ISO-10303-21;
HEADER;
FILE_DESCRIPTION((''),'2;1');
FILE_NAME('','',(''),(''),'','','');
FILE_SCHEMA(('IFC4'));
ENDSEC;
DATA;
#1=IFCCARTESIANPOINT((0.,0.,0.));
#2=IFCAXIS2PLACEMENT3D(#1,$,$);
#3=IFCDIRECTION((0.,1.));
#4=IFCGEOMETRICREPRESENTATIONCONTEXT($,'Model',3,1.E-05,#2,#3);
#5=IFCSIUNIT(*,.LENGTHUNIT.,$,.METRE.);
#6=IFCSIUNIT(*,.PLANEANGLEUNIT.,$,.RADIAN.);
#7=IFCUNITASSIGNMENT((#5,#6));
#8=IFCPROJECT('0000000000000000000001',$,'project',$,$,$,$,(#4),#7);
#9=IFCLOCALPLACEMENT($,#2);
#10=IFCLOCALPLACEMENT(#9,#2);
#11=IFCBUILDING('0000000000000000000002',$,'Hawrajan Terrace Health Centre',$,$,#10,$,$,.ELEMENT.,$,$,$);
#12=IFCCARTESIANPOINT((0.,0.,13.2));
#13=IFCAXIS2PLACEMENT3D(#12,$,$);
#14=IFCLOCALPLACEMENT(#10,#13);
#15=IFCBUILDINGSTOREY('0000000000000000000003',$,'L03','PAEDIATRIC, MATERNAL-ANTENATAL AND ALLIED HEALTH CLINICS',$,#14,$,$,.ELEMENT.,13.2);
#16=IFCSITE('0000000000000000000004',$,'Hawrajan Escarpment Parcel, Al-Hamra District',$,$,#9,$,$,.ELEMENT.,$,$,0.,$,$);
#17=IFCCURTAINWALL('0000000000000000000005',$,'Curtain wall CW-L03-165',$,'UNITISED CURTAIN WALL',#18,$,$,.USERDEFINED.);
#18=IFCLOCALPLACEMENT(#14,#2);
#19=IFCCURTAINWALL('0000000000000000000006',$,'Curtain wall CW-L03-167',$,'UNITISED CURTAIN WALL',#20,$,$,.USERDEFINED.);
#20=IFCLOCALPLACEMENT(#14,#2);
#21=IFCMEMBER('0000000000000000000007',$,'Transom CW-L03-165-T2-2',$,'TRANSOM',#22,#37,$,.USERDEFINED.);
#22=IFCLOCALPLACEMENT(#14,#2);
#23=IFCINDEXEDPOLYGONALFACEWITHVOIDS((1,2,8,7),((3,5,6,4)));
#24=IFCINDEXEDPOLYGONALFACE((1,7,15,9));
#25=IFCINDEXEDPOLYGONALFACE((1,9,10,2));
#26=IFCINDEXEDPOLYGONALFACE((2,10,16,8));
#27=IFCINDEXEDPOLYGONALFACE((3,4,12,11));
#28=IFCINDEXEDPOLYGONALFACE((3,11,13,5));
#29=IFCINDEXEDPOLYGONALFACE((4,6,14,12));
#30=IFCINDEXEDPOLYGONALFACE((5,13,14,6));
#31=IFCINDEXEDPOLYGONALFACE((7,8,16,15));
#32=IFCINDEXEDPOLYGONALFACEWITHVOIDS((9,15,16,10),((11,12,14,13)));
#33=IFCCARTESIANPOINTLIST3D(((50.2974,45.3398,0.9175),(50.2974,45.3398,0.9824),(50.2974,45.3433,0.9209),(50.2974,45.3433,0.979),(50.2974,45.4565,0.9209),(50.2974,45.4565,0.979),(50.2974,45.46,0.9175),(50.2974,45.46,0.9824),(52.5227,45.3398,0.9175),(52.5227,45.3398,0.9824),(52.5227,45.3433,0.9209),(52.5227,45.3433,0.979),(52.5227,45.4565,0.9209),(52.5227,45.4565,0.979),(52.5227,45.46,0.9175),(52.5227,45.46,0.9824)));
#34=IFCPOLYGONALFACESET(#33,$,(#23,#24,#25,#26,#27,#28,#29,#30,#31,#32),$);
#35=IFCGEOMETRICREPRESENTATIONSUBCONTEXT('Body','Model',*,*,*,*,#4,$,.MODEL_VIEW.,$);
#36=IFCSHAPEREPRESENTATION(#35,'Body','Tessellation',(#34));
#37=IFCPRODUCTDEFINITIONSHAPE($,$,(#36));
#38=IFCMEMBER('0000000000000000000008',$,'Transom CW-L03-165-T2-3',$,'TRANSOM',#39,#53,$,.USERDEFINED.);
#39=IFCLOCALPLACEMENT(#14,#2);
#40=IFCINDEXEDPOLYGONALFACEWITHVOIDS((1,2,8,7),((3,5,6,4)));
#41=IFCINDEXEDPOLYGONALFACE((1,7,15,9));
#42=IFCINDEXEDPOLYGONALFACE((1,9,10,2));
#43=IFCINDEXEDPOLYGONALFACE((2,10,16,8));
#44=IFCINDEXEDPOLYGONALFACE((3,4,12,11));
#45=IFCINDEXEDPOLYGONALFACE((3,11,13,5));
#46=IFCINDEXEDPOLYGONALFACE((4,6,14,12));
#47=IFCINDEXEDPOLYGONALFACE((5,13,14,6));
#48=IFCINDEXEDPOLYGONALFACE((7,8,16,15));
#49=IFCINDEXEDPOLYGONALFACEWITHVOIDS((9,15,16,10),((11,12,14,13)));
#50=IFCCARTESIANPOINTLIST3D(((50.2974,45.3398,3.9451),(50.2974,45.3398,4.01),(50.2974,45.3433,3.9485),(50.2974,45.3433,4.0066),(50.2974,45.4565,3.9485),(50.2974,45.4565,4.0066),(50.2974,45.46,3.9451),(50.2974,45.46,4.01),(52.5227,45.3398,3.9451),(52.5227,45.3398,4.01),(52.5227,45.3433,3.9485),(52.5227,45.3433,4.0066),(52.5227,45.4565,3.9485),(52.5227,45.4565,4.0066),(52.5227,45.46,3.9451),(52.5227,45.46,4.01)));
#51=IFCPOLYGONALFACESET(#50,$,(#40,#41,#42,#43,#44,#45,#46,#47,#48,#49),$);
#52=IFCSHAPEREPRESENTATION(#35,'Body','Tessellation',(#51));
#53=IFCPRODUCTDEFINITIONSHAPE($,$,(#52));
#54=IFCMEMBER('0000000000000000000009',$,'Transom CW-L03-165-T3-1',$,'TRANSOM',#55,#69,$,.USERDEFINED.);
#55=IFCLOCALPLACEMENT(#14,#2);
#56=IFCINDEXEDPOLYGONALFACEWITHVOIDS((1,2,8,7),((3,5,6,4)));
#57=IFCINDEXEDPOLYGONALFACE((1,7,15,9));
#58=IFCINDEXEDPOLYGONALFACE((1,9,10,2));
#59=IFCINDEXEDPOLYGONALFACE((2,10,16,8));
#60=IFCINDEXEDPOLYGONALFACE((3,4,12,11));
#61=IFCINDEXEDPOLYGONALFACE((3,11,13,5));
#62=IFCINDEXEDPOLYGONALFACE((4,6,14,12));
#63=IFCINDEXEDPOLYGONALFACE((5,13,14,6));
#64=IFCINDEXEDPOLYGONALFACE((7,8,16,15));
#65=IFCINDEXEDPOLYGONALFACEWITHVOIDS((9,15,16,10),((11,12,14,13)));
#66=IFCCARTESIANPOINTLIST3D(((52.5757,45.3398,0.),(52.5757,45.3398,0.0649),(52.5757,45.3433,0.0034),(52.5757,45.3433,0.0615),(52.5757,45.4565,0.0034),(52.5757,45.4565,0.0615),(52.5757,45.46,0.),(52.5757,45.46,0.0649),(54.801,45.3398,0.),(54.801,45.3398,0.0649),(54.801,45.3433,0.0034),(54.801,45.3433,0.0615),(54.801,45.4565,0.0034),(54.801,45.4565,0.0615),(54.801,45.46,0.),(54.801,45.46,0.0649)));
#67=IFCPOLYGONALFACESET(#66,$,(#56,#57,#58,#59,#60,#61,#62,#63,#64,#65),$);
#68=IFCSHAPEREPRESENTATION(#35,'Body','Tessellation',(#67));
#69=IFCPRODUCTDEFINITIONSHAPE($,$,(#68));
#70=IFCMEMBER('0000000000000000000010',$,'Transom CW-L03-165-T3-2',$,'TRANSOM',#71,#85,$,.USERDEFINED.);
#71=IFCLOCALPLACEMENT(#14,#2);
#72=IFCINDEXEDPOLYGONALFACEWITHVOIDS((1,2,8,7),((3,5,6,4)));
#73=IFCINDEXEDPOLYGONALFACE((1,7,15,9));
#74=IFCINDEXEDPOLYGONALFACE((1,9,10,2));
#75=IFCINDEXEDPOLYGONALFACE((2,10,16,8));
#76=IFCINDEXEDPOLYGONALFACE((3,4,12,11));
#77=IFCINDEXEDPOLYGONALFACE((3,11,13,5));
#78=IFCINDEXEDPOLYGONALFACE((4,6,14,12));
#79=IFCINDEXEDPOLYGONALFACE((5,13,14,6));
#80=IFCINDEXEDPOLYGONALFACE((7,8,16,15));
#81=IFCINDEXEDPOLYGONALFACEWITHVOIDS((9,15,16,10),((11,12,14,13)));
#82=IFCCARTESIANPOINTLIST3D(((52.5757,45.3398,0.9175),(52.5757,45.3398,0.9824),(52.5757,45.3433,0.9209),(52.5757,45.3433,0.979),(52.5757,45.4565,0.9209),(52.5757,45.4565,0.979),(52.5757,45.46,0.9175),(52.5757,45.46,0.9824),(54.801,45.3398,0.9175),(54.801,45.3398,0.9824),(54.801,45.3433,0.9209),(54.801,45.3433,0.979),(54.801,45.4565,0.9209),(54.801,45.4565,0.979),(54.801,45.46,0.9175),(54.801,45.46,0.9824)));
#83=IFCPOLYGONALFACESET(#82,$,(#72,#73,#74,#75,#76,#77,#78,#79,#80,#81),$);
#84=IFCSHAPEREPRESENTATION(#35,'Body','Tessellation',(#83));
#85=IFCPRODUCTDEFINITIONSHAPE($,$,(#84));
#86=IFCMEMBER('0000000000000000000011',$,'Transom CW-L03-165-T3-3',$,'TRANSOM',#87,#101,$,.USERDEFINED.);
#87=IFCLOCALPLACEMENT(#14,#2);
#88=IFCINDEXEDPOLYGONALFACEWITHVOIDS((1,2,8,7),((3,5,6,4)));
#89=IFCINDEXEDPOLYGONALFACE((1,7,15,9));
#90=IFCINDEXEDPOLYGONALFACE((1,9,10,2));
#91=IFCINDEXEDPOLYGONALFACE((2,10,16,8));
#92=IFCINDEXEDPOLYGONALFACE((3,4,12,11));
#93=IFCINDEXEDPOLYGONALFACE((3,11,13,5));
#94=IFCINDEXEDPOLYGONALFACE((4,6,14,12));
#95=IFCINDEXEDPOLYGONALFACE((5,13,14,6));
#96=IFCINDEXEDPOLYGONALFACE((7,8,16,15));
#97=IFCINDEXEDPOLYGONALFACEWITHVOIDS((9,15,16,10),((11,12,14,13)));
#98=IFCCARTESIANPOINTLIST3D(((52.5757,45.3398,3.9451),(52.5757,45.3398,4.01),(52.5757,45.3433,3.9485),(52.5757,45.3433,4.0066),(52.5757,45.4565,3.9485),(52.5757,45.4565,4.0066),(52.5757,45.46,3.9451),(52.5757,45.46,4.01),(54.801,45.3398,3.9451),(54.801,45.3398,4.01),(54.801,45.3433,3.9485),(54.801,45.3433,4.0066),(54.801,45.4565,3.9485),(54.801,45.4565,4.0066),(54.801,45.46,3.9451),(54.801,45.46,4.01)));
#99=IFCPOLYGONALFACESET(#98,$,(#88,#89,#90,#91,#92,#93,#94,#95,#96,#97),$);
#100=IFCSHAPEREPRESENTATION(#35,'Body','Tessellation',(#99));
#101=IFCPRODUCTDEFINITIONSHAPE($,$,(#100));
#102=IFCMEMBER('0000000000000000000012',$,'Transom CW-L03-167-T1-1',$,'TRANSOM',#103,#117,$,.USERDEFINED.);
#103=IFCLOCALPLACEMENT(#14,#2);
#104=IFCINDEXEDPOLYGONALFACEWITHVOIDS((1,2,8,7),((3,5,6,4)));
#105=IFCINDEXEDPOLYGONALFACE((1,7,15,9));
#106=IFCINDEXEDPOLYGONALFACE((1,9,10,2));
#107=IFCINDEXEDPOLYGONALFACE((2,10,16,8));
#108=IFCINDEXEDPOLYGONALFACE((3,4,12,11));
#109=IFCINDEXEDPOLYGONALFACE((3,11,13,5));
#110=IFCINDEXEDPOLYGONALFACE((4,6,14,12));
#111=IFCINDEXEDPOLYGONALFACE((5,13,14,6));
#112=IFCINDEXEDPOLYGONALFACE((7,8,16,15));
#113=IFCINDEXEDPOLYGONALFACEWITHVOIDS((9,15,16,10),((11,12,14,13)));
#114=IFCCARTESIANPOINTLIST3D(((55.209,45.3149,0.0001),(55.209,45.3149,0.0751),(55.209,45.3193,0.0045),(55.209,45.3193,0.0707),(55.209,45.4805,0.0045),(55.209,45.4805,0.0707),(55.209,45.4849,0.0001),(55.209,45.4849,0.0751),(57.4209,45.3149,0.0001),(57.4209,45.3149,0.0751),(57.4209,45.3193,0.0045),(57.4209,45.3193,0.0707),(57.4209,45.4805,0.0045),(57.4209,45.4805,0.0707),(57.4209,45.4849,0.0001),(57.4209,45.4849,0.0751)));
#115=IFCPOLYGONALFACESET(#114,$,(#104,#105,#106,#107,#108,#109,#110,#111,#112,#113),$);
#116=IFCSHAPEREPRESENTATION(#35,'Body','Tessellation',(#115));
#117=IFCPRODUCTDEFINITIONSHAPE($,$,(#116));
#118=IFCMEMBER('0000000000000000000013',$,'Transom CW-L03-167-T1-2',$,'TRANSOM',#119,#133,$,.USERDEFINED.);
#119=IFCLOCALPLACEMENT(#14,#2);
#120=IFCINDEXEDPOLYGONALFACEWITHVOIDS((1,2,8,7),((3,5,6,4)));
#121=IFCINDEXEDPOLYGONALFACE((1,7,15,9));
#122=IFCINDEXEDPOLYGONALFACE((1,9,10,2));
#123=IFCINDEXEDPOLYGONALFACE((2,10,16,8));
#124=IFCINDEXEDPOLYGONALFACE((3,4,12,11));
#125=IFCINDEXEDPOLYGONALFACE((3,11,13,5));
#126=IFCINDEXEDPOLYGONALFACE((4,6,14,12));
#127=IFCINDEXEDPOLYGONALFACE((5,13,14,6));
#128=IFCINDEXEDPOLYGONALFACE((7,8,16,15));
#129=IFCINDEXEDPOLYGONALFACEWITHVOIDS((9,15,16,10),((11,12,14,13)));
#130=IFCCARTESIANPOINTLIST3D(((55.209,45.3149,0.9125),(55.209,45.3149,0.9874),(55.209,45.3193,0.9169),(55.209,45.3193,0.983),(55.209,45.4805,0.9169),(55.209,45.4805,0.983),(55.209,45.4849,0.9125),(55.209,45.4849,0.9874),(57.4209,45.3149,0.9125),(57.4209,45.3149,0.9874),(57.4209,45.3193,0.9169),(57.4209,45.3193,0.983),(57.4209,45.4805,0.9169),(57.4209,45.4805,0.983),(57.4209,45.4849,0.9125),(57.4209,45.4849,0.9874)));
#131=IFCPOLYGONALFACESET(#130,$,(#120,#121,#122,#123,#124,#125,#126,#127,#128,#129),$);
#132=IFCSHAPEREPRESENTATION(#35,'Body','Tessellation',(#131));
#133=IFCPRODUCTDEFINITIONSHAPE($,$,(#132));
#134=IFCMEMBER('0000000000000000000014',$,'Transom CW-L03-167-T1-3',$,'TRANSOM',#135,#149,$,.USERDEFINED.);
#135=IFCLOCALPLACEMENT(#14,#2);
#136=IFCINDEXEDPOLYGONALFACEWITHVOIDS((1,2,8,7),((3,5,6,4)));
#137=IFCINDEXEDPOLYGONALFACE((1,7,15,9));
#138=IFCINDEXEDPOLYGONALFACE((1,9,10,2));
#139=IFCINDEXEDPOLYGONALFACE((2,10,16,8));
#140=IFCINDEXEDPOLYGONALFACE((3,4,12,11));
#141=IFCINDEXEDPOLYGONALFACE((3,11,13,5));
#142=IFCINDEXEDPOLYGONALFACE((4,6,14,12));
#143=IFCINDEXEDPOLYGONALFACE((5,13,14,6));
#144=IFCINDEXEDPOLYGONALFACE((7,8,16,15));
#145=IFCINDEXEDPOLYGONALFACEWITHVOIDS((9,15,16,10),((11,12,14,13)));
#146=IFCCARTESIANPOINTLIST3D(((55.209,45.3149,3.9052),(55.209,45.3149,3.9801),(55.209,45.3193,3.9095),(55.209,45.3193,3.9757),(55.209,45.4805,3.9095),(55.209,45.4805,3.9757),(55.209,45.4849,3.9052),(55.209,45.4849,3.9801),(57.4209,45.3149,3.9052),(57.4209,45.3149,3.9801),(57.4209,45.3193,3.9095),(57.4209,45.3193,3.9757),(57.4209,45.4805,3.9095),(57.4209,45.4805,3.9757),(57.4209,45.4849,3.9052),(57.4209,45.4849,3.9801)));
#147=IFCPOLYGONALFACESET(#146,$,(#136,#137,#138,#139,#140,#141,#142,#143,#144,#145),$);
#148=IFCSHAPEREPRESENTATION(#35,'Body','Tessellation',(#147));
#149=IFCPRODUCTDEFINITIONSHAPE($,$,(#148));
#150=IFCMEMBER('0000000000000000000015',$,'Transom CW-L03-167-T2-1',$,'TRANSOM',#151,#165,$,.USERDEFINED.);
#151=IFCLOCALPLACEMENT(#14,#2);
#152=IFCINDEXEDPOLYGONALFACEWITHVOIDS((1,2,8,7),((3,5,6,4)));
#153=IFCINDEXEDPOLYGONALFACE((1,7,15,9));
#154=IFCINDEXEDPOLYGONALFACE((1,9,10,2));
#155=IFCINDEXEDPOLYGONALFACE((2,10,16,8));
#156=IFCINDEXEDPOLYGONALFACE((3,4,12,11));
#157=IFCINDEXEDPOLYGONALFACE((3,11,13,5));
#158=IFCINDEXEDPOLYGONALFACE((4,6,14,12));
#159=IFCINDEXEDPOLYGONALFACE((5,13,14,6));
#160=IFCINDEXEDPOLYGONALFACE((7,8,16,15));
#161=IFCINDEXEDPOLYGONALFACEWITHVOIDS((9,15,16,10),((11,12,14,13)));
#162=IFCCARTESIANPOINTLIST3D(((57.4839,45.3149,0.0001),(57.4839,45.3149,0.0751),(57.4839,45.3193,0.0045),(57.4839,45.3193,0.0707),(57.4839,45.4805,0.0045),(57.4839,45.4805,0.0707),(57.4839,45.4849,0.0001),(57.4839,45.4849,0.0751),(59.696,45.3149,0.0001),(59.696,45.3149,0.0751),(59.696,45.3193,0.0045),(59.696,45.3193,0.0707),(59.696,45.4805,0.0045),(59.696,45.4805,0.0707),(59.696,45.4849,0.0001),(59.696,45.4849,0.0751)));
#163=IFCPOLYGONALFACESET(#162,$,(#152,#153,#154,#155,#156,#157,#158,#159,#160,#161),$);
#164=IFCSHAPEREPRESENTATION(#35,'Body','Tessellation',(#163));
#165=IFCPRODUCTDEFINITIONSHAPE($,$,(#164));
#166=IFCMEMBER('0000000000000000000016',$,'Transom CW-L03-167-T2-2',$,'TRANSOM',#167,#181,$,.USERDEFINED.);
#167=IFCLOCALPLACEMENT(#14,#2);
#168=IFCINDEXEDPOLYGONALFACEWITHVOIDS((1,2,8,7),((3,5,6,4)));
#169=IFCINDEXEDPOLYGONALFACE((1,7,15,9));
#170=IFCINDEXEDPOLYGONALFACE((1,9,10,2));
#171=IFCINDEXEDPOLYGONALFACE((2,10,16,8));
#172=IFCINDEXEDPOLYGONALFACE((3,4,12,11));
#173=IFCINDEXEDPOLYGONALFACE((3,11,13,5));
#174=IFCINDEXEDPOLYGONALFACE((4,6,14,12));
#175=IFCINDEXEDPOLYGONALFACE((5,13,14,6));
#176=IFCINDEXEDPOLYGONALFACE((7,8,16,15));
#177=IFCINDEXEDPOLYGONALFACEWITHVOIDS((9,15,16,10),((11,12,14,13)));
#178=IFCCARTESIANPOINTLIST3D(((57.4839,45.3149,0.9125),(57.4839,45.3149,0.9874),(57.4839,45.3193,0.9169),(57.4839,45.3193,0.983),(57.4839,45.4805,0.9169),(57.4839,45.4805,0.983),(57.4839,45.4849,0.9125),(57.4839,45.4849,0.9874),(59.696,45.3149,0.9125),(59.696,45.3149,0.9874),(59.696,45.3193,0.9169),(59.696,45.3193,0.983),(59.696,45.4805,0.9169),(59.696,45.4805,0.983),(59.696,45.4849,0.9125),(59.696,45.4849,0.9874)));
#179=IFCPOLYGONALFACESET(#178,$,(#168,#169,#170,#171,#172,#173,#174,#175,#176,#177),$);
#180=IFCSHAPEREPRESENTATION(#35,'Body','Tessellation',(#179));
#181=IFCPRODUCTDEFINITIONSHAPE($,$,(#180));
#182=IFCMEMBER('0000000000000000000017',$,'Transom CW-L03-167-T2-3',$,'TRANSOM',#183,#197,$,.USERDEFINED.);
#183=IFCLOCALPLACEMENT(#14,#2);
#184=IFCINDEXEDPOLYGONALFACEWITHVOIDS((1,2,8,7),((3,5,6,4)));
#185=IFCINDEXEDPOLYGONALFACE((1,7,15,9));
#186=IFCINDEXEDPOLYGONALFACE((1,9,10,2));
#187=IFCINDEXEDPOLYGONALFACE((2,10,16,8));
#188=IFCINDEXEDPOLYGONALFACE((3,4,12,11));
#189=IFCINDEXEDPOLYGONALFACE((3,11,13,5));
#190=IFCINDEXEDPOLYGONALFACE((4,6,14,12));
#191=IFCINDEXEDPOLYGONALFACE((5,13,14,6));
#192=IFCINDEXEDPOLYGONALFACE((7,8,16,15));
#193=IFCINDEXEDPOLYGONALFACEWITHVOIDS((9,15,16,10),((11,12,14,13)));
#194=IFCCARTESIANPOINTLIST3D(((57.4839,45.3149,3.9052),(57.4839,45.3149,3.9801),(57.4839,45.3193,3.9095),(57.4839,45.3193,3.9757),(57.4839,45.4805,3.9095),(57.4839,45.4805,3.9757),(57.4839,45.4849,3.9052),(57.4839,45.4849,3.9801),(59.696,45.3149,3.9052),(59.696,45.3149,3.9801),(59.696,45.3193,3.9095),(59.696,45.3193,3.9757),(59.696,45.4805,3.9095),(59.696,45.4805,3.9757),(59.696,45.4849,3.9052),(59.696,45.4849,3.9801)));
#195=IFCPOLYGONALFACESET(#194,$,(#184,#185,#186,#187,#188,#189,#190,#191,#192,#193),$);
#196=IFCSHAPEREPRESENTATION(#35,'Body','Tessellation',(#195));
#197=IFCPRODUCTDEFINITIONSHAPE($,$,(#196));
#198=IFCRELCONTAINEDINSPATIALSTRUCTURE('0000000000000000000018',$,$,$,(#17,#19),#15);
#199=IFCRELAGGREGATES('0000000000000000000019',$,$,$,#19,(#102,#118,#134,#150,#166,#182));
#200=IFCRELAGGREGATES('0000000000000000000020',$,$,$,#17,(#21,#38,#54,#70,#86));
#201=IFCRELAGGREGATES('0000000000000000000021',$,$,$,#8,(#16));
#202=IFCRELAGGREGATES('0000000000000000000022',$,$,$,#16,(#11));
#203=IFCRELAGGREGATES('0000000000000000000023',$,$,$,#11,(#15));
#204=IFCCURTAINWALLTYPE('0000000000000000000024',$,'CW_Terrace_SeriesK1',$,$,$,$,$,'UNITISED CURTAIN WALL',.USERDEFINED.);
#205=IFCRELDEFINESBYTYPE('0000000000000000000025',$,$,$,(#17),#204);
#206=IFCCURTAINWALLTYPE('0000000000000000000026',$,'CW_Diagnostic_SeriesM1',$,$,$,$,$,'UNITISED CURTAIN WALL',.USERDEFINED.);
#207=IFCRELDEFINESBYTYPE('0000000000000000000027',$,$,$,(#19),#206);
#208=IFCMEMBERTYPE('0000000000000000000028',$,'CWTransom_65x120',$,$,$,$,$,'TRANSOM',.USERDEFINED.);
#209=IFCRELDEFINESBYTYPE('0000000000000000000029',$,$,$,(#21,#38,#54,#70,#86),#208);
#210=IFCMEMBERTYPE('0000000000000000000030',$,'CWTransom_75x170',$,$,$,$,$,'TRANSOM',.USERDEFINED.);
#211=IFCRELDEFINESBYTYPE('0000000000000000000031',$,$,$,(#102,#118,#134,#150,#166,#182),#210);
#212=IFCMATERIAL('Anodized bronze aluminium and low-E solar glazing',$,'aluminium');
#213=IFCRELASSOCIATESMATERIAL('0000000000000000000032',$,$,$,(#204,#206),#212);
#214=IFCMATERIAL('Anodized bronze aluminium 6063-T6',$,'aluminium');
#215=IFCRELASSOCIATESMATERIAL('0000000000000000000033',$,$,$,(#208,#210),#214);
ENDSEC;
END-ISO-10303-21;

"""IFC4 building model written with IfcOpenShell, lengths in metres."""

from ifc_helpers import new_model, si_unit, direction, frame, origin, origin_2d, place, context, subcontext, project, spatial, hollow_rectangle, extrude, material, material_profile, profile_set, type_object, element, aggregate, save


model = new_model("IFC4")

# Units and contexts
model_context = context("Model", 3, precision=1e-05, world=origin(), true_north=direction((0.0, 1.0)))
body_context = subcontext(model_context, "Body", "Model", "MODEL_VIEW")
ifc_project = project(units=[si_unit("LENGTHUNIT", "METRE"), si_unit("PLANEANGLEUNIT", "RADIAN")], contexts=[model_context])

# Site, building, storey
site_placement = place(None, origin())
site = spatial("IfcSite", under=ifc_project, at=site_placement, Name="Hawrajan Escarpment Parcel, Al-Hamra District", CompositionType="ELEMENT", RefElevation=0.0)
building_placement = place(site_placement, origin())
building = spatial("IfcBuilding", under=site, at=building_placement, Name="Hawrajan Terrace Health Centre", CompositionType="ELEMENT")
storey_placement = place(building_placement, frame((0.0, 0.0, 13.2)))
storey = spatial("IfcBuildingStorey", under=building, at=storey_placement, Name="L03", Description="PAEDIATRIC, MATERNAL-ANTENATAL AND ALLIED HEALTH CLINICS", CompositionType="ELEMENT", Elevation=13.2)

# Curtain walls
ifc_material_1 = material(Name="Anodized bronze aluminium and low-E solar glazing", Category="aluminium")
curtain_wall_type_1 = type_object("IfcCurtainWallType", Name="CW_Terrace_SeriesK1", ElementType="UNITISED CURTAIN WALL", PredefinedType="USERDEFINED", material=ifc_material_1)
curtain_wall_1_placement = place(storey_placement, origin())
curtain_wall_1 = element("IfcCurtainWall", 1, at=curtain_wall_1_placement, inside=storey, type_object=curtain_wall_type_1, Name="Curtain wall CW-L03-165", ObjectType="UNITISED CURTAIN WALL", PredefinedType="USERDEFINED")
ifc_material_2 = material(Name="Anodized bronze aluminium 6063-T6", Category="aluminium")
curtain_wall_type_2 = type_object("IfcCurtainWallType", Name="CW_Diagnostic_SeriesM1", ElementType="UNITISED CURTAIN WALL", PredefinedType="USERDEFINED", material=ifc_material_1)
curtain_wall_2_placement = place(storey_placement, origin())
curtain_wall_2 = element("IfcCurtainWall", 2, at=curtain_wall_2_placement, inside=storey, type_object=curtain_wall_type_2, Name="Curtain wall CW-L03-167", ObjectType="UNITISED CURTAIN WALL", PredefinedType="USERDEFINED")

# Members
ifc_material_profile_1 = material_profile(ifc_material_2, hollow_rectangle(XDim=0.0649, YDim=0.1201, WallThickness=0.0034, at=origin_2d()), Name="CW TRN 65x120")
ifc_profile_set_1 = profile_set([ifc_material_profile_1], Name="Anodized bronze aluminium 6063-T6")
member_type_1 = type_object("IfcMemberType", Name="CWTransom_65x120", ElementType="TRANSOM", PredefinedType="USERDEFINED", material=ifc_profile_set_1)
member_1_placement = place(storey_placement, frame((50.2974, 45.3999, 0.95), z_axis=(1.0, 0.0, 0.0), x_axis=(0.0, 0.0, 1.0)))
member_1 = element("IfcMember", 3, at=member_1_placement, type_object=member_type_1, Name="Transom CW-L03-165-T2-2", ObjectType="TRANSOM", PredefinedType="USERDEFINED", context=body_context, shape_type="SweptSolid", body=[
    extrude(hollow_rectangle(XDim=0.0649, YDim=0.1201, WallThickness=0.0034, at=origin_2d()), origin(), (0.0, 0.0, 1.0), 2.2253),
])
member_2_placement = place(storey_placement, frame((50.2974, 45.3999, 3.9775), z_axis=(1.0, 0.0, 0.0), x_axis=(0.0, 0.0, 1.0)))
member_2 = element("IfcMember", 4, at=member_2_placement, type_object=member_type_1, Name="Transom CW-L03-165-T2-3", ObjectType="TRANSOM", PredefinedType="USERDEFINED", context=body_context, shape_type="SweptSolid", body=[
    extrude(hollow_rectangle(XDim=0.0649, YDim=0.1201, WallThickness=0.0034, at=origin_2d()), origin(), (0.0, 0.0, 1.0), 2.2253),
])
member_3_placement = place(storey_placement, frame((52.5757, 45.3999, 0.0325), z_axis=(1.0, 0.0, 0.0), x_axis=(0.0, 0.0, 1.0)))
member_3 = element("IfcMember", 5, at=member_3_placement, type_object=member_type_1, Name="Transom CW-L03-165-T3-1", ObjectType="TRANSOM", PredefinedType="USERDEFINED", context=body_context, shape_type="SweptSolid", body=[
    extrude(hollow_rectangle(XDim=0.0649, YDim=0.1201, WallThickness=0.0034, at=origin_2d()), origin(), (0.0, 0.0, 1.0), 2.2253),
])
member_4_placement = place(storey_placement, frame((52.5757, 45.3999, 0.95), z_axis=(1.0, 0.0, 0.0), x_axis=(0.0, 0.0, 1.0)))
member_4 = element("IfcMember", 6, at=member_4_placement, type_object=member_type_1, Name="Transom CW-L03-165-T3-2", ObjectType="TRANSOM", PredefinedType="USERDEFINED", context=body_context, shape_type="SweptSolid", body=[
    extrude(hollow_rectangle(XDim=0.0649, YDim=0.1201, WallThickness=0.0034, at=origin_2d()), origin(), (0.0, 0.0, 1.0), 2.2253),
])
member_5_placement = place(storey_placement, frame((52.5757, 45.3999, 3.9775), z_axis=(1.0, 0.0, 0.0), x_axis=(0.0, 0.0, 1.0)))
member_5 = element("IfcMember", 7, at=member_5_placement, type_object=member_type_1, Name="Transom CW-L03-165-T3-3", ObjectType="TRANSOM", PredefinedType="USERDEFINED", context=body_context, shape_type="SweptSolid", body=[
    extrude(hollow_rectangle(XDim=0.0649, YDim=0.1201, WallThickness=0.0034, at=origin_2d()), origin(), (0.0, 0.0, 1.0), 2.2253),
])
ifc_material_profile_2 = material_profile(ifc_material_2, hollow_rectangle(XDim=0.075, YDim=0.1699, WallThickness=0.0044, at=origin_2d()), Name="CW TRN 75x170")
ifc_profile_set_2 = profile_set([ifc_material_profile_2], Name="Anodized bronze aluminium 6063-T6")
member_type_2 = type_object("IfcMemberType", Name="CWTransom_75x170", ElementType="TRANSOM", PredefinedType="USERDEFINED", material=ifc_profile_set_2)
member_6_placement = place(storey_placement, frame((55.209, 45.3999, 0.0376), z_axis=(1.0, 0.0, 0.0), x_axis=(0.0, 0.0, 1.0)))
member_6 = element("IfcMember", 8, at=member_6_placement, type_object=member_type_2, Name="Transom CW-L03-167-T1-1", ObjectType="TRANSOM", PredefinedType="USERDEFINED", context=body_context, shape_type="SweptSolid", body=[
    extrude(hollow_rectangle(XDim=0.075, YDim=0.1699, WallThickness=0.0044, at=origin_2d()), origin(), (0.0, 0.0, 1.0), 2.2119),
])
member_7_placement = place(storey_placement, frame((55.209, 45.3999, 0.95), z_axis=(1.0, 0.0, 0.0), x_axis=(0.0, 0.0, 1.0)))
member_7 = element("IfcMember", 9, at=member_7_placement, type_object=member_type_2, Name="Transom CW-L03-167-T1-2", ObjectType="TRANSOM", PredefinedType="USERDEFINED", context=body_context, shape_type="SweptSolid", body=[
    extrude(hollow_rectangle(XDim=0.075, YDim=0.1699, WallThickness=0.0044, at=origin_2d()), origin(), (0.0, 0.0, 1.0), 2.2119),
])
member_8_placement = place(storey_placement, frame((55.209, 45.3999, 3.9426), z_axis=(1.0, 0.0, 0.0), x_axis=(0.0, 0.0, 1.0)))
member_8 = element("IfcMember", 10, at=member_8_placement, type_object=member_type_2, Name="Transom CW-L03-167-T1-3", ObjectType="TRANSOM", PredefinedType="USERDEFINED", context=body_context, shape_type="SweptSolid", body=[
    extrude(hollow_rectangle(XDim=0.075, YDim=0.1699, WallThickness=0.0044, at=origin_2d()), origin(), (0.0, 0.0, 1.0), 2.2119),
])
member_9_placement = place(storey_placement, frame((57.4839, 45.3999, 0.0376), z_axis=(1.0, 0.0, 0.0), x_axis=(0.0, 0.0, 1.0)))
member_9 = element("IfcMember", 11, at=member_9_placement, type_object=member_type_2, Name="Transom CW-L03-167-T2-1", ObjectType="TRANSOM", PredefinedType="USERDEFINED", context=body_context, shape_type="SweptSolid", body=[
    extrude(hollow_rectangle(XDim=0.075, YDim=0.1699, WallThickness=0.0044, at=origin_2d()), origin(), (0.0, 0.0, 1.0), 2.2122),
])
member_10_placement = place(storey_placement, frame((57.4839, 45.3999, 0.95), z_axis=(1.0, 0.0, 0.0), x_axis=(0.0, 0.0, 1.0)))
member_10 = element("IfcMember", 12, at=member_10_placement, type_object=member_type_2, Name="Transom CW-L03-167-T2-2", ObjectType="TRANSOM", PredefinedType="USERDEFINED", context=body_context, shape_type="SweptSolid", body=[
    extrude(hollow_rectangle(XDim=0.075, YDim=0.1699, WallThickness=0.0044, at=origin_2d()), origin(), (0.0, 0.0, 1.0), 2.2122),
])
member_11_placement = place(storey_placement, frame((57.4839, 45.3999, 3.9426), z_axis=(1.0, 0.0, 0.0), x_axis=(0.0, 0.0, 1.0)))
member_11 = element("IfcMember", 13, at=member_11_placement, type_object=member_type_2, Name="Transom CW-L03-167-T2-3", ObjectType="TRANSOM", PredefinedType="USERDEFINED", context=body_context, shape_type="SweptSolid", body=[
    extrude(hollow_rectangle(XDim=0.075, YDim=0.1699, WallThickness=0.0044, at=origin_2d()), origin(), (0.0, 0.0, 1.0), 2.2122),
])

aggregate(curtain_wall_2, [member_6, member_7, member_8, member_9, member_10, member_11])
aggregate(curtain_wall_1, [member_1, member_2, member_3, member_4, member_5])

save(model, "model.ifc")
